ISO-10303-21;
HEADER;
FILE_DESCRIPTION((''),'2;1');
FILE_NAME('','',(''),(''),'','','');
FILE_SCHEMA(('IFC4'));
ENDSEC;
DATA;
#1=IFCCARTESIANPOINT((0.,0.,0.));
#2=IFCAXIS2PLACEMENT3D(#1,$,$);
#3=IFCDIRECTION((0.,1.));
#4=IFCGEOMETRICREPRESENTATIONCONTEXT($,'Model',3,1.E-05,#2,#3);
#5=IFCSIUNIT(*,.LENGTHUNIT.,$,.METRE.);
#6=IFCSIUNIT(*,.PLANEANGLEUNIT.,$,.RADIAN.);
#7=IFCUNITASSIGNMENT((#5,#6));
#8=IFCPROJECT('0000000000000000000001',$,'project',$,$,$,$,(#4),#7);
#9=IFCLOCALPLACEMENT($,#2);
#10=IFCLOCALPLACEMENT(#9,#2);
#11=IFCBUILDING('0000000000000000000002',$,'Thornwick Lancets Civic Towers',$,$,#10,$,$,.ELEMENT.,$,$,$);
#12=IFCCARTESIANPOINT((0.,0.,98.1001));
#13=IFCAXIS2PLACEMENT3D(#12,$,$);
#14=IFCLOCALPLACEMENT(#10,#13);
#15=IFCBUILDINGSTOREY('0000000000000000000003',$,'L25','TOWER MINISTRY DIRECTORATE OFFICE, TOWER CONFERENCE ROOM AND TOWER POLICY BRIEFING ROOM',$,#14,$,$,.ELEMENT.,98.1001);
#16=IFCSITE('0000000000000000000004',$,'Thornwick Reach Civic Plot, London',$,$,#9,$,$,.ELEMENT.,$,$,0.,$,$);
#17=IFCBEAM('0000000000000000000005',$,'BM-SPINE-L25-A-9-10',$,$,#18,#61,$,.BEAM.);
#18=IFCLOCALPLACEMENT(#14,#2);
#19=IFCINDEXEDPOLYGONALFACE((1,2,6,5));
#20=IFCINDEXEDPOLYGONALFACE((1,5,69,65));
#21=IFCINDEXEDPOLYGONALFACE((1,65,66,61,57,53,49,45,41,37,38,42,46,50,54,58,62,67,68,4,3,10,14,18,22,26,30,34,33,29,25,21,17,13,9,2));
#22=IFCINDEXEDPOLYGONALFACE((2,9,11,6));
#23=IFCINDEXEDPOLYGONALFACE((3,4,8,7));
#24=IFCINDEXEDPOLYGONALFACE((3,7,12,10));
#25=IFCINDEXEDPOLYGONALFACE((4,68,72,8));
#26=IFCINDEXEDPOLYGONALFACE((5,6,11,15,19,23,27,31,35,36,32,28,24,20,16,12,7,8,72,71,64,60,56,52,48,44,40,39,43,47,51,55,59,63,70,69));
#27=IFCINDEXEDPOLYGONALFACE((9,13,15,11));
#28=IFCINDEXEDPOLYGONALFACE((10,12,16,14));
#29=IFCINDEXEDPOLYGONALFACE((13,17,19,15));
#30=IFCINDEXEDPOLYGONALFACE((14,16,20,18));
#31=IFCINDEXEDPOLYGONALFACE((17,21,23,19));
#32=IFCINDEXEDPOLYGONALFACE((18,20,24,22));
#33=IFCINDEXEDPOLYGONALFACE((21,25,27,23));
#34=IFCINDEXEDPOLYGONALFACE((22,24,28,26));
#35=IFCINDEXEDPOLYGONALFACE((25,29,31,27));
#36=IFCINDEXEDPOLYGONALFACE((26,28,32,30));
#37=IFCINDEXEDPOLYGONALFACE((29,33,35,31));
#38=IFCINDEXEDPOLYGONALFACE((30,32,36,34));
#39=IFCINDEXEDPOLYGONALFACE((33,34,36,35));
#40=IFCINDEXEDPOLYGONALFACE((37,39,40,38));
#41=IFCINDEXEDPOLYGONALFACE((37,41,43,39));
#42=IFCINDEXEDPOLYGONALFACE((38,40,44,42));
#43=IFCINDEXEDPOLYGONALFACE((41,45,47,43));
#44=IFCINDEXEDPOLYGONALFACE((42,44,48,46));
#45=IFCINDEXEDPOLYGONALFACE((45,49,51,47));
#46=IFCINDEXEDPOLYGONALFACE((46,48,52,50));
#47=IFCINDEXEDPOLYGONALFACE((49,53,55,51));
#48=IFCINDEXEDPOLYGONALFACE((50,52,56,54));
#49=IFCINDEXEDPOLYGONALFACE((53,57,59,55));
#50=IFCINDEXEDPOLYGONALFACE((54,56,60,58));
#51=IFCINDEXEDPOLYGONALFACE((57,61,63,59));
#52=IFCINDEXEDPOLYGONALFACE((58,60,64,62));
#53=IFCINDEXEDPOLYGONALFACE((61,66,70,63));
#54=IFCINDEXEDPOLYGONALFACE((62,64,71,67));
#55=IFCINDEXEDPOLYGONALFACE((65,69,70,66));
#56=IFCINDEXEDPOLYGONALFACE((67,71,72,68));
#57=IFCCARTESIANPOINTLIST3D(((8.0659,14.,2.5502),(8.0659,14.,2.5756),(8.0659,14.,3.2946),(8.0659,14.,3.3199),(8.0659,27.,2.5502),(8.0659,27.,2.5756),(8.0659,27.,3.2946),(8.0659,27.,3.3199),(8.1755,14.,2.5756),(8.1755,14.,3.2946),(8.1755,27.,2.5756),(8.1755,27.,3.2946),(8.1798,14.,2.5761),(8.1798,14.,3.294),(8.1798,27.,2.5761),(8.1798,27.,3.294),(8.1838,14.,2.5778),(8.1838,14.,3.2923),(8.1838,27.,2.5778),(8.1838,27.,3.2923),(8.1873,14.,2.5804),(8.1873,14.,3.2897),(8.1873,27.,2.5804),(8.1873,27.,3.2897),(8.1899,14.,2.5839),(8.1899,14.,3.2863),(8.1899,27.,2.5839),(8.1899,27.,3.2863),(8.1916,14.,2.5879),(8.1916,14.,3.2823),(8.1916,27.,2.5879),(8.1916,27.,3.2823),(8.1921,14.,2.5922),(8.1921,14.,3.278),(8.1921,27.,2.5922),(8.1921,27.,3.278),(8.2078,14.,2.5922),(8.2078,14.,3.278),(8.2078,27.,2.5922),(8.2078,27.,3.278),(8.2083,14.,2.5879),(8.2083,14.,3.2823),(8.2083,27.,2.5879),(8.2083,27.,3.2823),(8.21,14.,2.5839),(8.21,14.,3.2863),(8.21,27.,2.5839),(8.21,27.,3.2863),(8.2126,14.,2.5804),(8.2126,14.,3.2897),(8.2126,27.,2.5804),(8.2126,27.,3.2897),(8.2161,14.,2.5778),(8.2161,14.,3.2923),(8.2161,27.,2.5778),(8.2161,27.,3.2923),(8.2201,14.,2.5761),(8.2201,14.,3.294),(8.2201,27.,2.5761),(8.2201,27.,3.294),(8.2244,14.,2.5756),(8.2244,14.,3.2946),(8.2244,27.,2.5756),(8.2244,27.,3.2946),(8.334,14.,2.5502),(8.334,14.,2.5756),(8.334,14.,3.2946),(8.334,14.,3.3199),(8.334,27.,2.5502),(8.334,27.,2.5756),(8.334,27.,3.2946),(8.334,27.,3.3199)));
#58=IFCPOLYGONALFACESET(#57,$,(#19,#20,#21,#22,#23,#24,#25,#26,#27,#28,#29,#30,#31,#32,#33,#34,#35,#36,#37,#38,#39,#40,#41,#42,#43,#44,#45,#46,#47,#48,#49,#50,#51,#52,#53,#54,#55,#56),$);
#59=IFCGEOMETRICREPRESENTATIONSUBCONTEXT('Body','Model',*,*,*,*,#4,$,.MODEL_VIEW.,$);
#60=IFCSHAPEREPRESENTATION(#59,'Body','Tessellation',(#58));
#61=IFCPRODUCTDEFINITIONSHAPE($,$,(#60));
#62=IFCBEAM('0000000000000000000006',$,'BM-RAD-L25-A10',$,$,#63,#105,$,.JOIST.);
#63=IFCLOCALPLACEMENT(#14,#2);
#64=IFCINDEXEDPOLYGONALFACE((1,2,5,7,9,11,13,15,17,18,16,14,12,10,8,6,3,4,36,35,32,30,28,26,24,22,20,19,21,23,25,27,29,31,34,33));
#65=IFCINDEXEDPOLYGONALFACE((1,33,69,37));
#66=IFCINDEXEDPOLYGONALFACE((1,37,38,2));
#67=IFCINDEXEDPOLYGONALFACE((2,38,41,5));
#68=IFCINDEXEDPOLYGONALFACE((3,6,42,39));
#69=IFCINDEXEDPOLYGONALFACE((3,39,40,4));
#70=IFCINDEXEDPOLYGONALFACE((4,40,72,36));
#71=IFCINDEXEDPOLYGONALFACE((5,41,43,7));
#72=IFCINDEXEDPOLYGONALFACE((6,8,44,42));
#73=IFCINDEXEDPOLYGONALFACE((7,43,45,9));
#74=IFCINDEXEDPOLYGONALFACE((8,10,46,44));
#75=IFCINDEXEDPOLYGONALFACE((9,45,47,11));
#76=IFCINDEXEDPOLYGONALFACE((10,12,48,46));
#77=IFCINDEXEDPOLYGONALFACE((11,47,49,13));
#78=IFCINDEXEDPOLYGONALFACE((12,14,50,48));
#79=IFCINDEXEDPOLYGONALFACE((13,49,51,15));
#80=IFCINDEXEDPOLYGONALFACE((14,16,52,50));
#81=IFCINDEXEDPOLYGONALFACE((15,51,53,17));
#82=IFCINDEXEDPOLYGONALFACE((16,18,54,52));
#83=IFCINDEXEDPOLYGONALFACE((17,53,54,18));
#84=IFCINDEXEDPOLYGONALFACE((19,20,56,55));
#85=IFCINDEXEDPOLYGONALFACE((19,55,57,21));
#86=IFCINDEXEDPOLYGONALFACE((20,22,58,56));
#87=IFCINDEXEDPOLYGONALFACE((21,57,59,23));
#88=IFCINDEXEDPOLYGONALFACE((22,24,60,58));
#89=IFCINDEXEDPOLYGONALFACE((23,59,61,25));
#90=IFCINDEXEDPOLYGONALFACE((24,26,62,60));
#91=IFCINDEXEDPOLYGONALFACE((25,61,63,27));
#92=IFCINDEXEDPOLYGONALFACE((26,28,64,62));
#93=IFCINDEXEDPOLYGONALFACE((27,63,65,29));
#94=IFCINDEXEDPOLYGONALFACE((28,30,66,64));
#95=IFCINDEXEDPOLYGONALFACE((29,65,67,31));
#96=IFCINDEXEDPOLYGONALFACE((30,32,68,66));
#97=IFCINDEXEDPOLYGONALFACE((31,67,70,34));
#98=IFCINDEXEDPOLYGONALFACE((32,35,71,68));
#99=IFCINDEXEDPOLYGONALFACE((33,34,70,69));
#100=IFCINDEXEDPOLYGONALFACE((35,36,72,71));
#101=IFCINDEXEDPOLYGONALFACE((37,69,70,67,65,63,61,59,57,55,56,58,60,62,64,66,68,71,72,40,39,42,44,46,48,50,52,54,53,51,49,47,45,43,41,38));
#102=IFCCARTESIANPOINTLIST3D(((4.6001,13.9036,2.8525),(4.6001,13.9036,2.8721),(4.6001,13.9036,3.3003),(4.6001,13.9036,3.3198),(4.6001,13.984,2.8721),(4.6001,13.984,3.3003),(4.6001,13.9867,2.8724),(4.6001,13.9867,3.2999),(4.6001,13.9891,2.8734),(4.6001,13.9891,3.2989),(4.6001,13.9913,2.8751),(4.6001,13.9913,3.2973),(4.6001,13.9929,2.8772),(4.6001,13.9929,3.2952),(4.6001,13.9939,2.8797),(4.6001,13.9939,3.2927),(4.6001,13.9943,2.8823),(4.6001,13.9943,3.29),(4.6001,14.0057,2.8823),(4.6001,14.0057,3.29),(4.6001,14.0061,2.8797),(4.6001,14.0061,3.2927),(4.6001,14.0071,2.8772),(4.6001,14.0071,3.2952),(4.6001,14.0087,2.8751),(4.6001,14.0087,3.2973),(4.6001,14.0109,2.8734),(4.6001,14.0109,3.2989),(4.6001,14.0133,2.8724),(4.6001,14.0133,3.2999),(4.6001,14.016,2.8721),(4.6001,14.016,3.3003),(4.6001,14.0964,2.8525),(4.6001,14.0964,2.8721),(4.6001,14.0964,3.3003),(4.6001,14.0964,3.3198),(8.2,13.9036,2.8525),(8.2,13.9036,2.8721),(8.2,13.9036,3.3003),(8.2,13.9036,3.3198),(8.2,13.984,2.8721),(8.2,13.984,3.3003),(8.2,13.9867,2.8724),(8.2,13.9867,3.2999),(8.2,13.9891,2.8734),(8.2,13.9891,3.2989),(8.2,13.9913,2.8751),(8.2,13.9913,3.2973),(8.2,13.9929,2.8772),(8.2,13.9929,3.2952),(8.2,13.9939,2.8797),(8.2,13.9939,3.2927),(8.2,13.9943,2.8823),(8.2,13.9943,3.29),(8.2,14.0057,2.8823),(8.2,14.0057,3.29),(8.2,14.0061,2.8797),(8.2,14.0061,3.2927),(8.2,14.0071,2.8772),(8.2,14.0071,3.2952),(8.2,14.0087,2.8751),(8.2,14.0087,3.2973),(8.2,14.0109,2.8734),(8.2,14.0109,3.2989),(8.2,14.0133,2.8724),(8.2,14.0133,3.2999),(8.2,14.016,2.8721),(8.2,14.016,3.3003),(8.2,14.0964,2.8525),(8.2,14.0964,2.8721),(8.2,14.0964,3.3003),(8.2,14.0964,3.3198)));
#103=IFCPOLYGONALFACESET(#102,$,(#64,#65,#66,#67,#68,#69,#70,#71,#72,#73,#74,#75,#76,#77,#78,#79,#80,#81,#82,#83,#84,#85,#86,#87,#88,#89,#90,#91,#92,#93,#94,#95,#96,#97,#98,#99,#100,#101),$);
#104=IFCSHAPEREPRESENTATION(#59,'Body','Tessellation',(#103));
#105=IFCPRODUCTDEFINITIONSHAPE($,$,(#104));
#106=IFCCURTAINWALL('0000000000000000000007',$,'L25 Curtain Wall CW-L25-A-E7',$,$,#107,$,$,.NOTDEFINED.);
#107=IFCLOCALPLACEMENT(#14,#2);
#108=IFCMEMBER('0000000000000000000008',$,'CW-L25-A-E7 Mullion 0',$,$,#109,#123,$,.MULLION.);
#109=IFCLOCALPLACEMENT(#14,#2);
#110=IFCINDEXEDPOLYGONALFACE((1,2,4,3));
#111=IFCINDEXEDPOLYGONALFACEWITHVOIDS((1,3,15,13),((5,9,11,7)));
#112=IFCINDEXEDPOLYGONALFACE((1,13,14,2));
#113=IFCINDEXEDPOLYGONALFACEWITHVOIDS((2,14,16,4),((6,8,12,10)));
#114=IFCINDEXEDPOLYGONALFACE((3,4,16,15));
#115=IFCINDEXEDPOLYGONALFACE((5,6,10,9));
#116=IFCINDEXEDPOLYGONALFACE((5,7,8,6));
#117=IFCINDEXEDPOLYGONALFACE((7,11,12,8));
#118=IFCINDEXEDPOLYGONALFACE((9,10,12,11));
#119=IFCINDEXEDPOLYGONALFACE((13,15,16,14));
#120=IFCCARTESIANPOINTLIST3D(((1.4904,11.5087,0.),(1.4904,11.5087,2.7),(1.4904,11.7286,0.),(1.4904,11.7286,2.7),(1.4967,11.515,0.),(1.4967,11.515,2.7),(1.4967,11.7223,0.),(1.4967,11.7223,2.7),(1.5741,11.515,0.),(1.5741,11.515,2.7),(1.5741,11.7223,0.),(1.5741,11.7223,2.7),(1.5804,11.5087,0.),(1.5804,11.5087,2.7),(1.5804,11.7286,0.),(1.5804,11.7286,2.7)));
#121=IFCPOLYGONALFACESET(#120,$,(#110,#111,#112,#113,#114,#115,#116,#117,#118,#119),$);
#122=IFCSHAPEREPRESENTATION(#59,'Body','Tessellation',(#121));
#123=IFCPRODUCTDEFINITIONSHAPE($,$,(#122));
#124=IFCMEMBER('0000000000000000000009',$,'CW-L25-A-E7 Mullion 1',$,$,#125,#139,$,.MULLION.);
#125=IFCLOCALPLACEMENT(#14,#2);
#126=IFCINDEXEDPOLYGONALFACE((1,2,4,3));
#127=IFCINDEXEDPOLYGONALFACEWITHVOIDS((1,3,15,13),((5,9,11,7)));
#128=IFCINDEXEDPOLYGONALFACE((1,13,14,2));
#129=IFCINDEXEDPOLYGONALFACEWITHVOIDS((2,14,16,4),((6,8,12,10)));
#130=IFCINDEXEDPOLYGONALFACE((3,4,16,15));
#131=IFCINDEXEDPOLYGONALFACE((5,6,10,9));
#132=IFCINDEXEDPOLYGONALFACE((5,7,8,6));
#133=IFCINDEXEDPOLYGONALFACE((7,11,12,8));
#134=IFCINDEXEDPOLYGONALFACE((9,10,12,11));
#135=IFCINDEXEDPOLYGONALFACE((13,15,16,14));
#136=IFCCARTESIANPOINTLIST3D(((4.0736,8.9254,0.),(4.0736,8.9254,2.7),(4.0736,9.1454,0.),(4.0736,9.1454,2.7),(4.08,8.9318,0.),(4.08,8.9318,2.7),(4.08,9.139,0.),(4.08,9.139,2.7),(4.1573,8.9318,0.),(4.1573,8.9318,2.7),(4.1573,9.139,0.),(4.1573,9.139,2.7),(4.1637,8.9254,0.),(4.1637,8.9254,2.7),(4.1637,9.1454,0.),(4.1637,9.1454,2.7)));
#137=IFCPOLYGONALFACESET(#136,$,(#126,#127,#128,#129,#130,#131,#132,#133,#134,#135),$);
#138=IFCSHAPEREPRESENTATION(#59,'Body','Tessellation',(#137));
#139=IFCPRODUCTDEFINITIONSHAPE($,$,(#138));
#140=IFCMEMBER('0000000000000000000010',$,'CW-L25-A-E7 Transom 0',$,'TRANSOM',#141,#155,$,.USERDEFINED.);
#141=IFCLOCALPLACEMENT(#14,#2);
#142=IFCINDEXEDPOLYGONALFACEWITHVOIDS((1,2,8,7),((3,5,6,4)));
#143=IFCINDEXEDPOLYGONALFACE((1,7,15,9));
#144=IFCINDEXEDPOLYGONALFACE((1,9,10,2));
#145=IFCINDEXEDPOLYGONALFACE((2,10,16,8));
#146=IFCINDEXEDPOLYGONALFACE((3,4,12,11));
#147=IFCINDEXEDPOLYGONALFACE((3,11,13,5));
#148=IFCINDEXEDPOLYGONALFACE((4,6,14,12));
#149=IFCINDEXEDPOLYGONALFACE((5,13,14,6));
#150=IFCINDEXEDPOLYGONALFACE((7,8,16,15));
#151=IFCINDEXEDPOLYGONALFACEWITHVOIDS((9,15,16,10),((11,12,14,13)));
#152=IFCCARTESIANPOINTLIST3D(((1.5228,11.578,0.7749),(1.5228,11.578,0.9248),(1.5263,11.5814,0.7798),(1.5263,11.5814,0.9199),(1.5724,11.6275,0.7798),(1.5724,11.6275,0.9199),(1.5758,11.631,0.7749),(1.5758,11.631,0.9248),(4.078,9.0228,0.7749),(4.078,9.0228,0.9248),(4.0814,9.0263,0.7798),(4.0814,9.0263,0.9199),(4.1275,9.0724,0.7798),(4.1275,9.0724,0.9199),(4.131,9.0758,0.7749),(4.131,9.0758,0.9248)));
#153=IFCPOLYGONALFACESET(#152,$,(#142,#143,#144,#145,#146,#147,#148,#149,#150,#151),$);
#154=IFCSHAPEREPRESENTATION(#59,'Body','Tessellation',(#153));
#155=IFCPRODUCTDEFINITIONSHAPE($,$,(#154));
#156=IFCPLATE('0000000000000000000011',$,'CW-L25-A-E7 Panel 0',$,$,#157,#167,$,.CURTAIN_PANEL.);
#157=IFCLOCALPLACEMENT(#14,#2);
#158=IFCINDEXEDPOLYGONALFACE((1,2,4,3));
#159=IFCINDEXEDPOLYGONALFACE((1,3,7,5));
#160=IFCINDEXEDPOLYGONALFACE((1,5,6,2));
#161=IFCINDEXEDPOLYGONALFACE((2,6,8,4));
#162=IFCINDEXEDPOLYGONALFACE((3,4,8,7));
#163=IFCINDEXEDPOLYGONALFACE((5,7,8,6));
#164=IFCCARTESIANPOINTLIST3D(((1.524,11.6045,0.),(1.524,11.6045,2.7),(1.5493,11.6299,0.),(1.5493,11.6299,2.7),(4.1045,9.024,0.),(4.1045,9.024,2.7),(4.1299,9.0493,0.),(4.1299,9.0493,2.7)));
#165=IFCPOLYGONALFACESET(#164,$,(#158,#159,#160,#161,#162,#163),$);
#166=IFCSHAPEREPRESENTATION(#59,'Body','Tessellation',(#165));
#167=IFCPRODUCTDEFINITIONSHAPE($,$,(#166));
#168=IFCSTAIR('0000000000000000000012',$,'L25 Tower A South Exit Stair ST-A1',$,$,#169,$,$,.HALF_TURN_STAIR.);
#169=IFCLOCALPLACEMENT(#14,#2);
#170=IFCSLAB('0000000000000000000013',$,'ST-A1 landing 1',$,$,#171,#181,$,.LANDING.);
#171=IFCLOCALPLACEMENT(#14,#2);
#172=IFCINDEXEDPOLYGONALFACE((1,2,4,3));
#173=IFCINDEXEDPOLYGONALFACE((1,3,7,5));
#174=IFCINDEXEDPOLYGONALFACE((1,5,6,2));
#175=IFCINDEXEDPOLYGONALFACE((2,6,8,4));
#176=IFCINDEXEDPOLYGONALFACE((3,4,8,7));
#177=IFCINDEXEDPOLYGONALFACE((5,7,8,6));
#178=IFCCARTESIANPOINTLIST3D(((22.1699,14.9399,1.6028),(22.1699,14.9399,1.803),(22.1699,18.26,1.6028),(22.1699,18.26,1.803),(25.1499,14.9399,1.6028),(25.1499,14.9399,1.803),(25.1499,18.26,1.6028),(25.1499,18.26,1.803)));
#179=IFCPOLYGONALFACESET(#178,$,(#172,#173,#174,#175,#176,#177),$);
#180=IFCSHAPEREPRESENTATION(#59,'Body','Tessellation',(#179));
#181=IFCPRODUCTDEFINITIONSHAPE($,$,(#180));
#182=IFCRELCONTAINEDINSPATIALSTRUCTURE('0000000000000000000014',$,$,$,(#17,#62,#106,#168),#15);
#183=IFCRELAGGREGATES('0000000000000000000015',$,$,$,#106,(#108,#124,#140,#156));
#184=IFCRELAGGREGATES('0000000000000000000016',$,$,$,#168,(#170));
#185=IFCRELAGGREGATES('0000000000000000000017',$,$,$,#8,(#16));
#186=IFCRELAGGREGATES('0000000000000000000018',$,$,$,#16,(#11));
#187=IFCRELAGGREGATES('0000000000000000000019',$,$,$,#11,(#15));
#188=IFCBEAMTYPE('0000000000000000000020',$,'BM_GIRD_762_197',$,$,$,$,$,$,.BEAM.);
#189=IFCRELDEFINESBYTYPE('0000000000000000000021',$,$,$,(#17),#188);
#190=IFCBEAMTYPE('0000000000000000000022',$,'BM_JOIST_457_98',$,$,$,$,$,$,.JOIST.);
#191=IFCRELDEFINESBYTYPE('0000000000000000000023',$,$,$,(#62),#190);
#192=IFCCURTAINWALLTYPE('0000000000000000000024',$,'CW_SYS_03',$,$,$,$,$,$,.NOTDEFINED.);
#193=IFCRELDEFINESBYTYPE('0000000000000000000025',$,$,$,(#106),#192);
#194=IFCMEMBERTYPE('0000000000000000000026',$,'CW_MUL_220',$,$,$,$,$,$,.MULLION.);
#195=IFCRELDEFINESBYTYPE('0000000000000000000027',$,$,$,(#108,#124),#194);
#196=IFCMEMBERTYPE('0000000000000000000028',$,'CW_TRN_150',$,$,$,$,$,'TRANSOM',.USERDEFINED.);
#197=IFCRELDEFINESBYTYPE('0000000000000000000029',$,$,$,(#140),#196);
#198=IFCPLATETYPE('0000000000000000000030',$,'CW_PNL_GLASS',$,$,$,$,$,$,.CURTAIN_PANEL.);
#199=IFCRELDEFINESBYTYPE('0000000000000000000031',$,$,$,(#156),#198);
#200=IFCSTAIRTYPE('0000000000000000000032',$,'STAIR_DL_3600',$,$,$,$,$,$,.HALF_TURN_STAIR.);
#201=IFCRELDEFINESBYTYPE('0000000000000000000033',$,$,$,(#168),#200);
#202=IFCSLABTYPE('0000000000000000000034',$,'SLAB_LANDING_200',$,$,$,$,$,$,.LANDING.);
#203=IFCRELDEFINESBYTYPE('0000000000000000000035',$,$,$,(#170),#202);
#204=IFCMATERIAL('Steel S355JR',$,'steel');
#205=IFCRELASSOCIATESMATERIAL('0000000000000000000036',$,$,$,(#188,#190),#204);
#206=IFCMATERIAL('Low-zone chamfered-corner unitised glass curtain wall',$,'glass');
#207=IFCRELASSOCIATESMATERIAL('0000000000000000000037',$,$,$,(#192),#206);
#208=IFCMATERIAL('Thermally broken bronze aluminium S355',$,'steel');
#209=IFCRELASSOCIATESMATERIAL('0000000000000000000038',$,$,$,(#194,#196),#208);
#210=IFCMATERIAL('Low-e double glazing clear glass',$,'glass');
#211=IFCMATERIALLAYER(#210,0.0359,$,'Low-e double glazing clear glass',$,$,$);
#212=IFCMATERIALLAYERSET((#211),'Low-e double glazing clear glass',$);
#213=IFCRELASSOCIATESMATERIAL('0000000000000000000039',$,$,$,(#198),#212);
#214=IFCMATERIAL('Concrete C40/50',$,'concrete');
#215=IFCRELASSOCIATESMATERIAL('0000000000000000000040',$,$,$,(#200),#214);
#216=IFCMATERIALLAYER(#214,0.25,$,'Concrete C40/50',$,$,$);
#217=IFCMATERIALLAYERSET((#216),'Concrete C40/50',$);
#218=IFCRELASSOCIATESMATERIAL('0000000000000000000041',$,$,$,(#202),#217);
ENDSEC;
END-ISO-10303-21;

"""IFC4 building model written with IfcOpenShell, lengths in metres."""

from ifc_helpers import new_model, si_unit, direction, frame, origin, origin_2d, place, context, subcontext, project, spatial, polyline, rectangle, hollow_rectangle, i_section, outline, extrude, material, layer, layer_set, material_profile, profile_set, type_object, element, aggregate, save


model = new_model("IFC4")

# Units and contexts
model_context = context("Model", 3, precision=1e-05, world=origin(), true_north=direction((0.0, 1.0)))
body_context = subcontext(model_context, "Body", "Model", "MODEL_VIEW")
ifc_project = project(units=[si_unit("LENGTHUNIT", "METRE"), si_unit("PLANEANGLEUNIT", "RADIAN")], contexts=[model_context])

# Site, building, storey
site_placement = place(None, origin())
site = spatial("IfcSite", under=ifc_project, at=site_placement, Name="Thornwick Reach Civic Plot, London", CompositionType="ELEMENT", RefElevation=0.0)
building_placement = place(site_placement, origin())
building = spatial("IfcBuilding", under=site, at=building_placement, Name="Thornwick Lancets Civic Towers", CompositionType="ELEMENT")
storey_placement = place(building_placement, frame((0.0, 0.0, 98.1001)))
storey = spatial("IfcBuildingStorey", under=building, at=storey_placement, Name="L25", Description="TOWER MINISTRY DIRECTORATE OFFICE, TOWER CONFERENCE ROOM AND TOWER POLICY BRIEFING ROOM", CompositionType="ELEMENT", Elevation=98.1001)

# Beams
ifc_material_1 = material(Name="Steel S355JR", Category="steel")
ifc_material_profile_1 = material_profile(ifc_material_1, i_section(OverallWidth=0.2681, OverallDepth=0.7698, WebThickness=0.0156, FlangeThickness=0.0254, FilletRadius=0.0166, at=origin_2d()), Name="UKB 762x267x197")
ifc_profile_set_1 = profile_set([ifc_material_profile_1], Name="Steel S355JR")
beam_type_1 = type_object("IfcBeamType", Name="BM_GIRD_762_197", PredefinedType="BEAM", material=ifc_profile_set_1)
for number, where, z_axis, x_axis, name in (
    (1, (8.2, 14.0, 2.9351), (0.0, 1.0, 0.0), (-1.0, 0.0, 0.0), "BM-SPINE-L25-A-9-10"),
):
    element("IfcBeam", number, at=place(storey_placement, frame(where, z_axis=z_axis, x_axis=x_axis)), inside=storey, type_object=beam_type_1, Name=name, PredefinedType="BEAM", context=body_context, shape_type="SweptSolid", body=[
        extrude(i_section(OverallWidth=0.2681, OverallDepth=0.7698, WebThickness=0.0156, FlangeThickness=0.0254, FilletRadius=0.0166, at=origin_2d()), origin(), (0.0, 0.0, 1.0), 13.0),
    ])
ifc_material_profile_2 = material_profile(ifc_material_1, i_section(OverallWidth=0.1929, OverallDepth=0.4673, WebThickness=0.0115, FlangeThickness=0.0195, FilletRadius=0.0103, at=origin_2d()), Name="UKB 457x191x98")
ifc_profile_set_2 = profile_set([ifc_material_profile_2], Name="Steel S355JR")
beam_type_2 = type_object("IfcBeamType", Name="BM_JOIST_457_98", PredefinedType="JOIST", material=ifc_profile_set_2)
beam_1_placement = place(storey_placement, frame((8.2, 14.0, 3.0862), z_axis=(-1.0, 0.0, 0.0), x_axis=(0.0, -1.0, 0.0)))
element("IfcBeam", 2, at=beam_1_placement, inside=storey, type_object=beam_type_2, Name="BM-RAD-L25-A10", PredefinedType="JOIST", context=body_context, shape_type="SweptSolid", body=[
    extrude(i_section(OverallWidth=0.1929, OverallDepth=0.4673, WebThickness=0.0115, FlangeThickness=0.0195, FilletRadius=0.0103, at=origin_2d()), origin(), (0.0, 0.0, 1.0), 3.5999),
])

# Curtain wall, members, plate
ifc_material_2 = material(Name="Low-zone chamfered-corner unitised glass curtain wall", Category="glass")
curtain_wall_type = type_object("IfcCurtainWallType", Name="CW_SYS_03", PredefinedType="NOTDEFINED", material=ifc_material_2)
curtain_wall_placement = place(storey_placement, origin())
curtain_wall = element("IfcCurtainWall", 3, at=curtain_wall_placement, inside=storey, type_object=curtain_wall_type, Name="L25 Curtain Wall CW-L25-A-E7", PredefinedType="NOTDEFINED")
ifc_material_3 = material(Name="Thermally broken bronze aluminium S355", Category="steel")
ifc_material_profile_3 = material_profile(ifc_material_3, hollow_rectangle(XDim=0.0901, YDim=0.22, WallThickness=0.0063, at=origin_2d()), Name="RHS 220x90x6.3")
ifc_profile_set_3 = profile_set([ifc_material_profile_3], Name="Thermally broken bronze aluminium S355")
member_type_1 = type_object("IfcMemberType", Name="CW_MUL_220", PredefinedType="MULLION", material=ifc_profile_set_3)
member_1_placement = place(storey_placement, frame((1.5354, 11.6187, 0.0), z_axis=(0.0, 0.0, 1.0), x_axis=(1.0, 0.0, 0.0)))
member_1 = element("IfcMember", 4, at=member_1_placement, type_object=member_type_1, Name="CW-L25-A-E7 Mullion 0", PredefinedType="MULLION", context=body_context, shape_type="SweptSolid", body=[
    extrude(hollow_rectangle(XDim=0.0901, YDim=0.22, WallThickness=0.0063, at=origin_2d()), origin(), (0.0, 0.0, 1.0), 2.7),
])
member_2_placement = place(storey_placement, frame((4.1187, 9.0354, 0.0), z_axis=(0.0, 0.0, 1.0), x_axis=(1.0, 0.0, 0.0)))
member_2 = element("IfcMember", 5, at=member_2_placement, type_object=member_type_1, Name="CW-L25-A-E7 Mullion 1", PredefinedType="MULLION", context=body_context, shape_type="SweptSolid", body=[
    extrude(hollow_rectangle(XDim=0.0901, YDim=0.22, WallThickness=0.0063, at=origin_2d()), origin(), (0.0, 0.0, 1.0), 2.7),
])
ifc_material_profile_4 = material_profile(ifc_material_3, hollow_rectangle(XDim=0.075, YDim=0.1499, WallThickness=0.0049, at=origin_2d()), Name="RHS 150x75x5")
ifc_profile_set_4 = profile_set([ifc_material_profile_4], Name="Thermally broken bronze aluminium S355")
member_type_2 = type_object("IfcMemberType", Name="CW_TRN_150", ElementType="TRANSOM", PredefinedType="USERDEFINED", material=ifc_profile_set_4)
member_3_placement = place(storey_placement, frame((1.5493, 11.6045, 0.8499), z_axis=(0.707107, -0.707107, 0.0), x_axis=(0.707107, 0.707107, 0.0)))
member_3 = element("IfcMember", 6, at=member_3_placement, type_object=member_type_2, Name="CW-L25-A-E7 Transom 0", ObjectType="TRANSOM", PredefinedType="USERDEFINED", context=body_context, shape_type="SweptSolid", body=[
    extrude(hollow_rectangle(XDim=0.075, YDim=0.1499, WallThickness=0.0049, at=origin_2d()), origin(), (0.0, 0.0, 1.0), 3.6135),
])
ifc_material_4 = material(Name="Low-e double glazing clear glass", Category="glass")
ifc_layer_1 = layer(ifc_material_4, 0.0359, Name="Low-e double glazing clear glass")
ifc_layer_set_1 = layer_set([ifc_layer_1], Name="Low-e double glazing clear glass")
plate_type = type_object("IfcPlateType", Name="CW_PNL_GLASS", PredefinedType="CURTAIN_PANEL", material=ifc_layer_set_1)
plate_placement = place(storey_placement, frame((2.8269, 10.3269, 0.0), z_axis=(0.0, 0.0, 1.0), x_axis=(0.707107, -0.707107, 0.0)))
plate = element("IfcPlate", 7, at=plate_placement, type_object=plate_type, Name="CW-L25-A-E7 Panel 0", PredefinedType="CURTAIN_PANEL", context=body_context, shape_type="SweptSolid", body=[
    extrude(rectangle(XDim=3.6494, YDim=0.0359, at=origin_2d()), origin(), (0.0, 0.0, 1.0), 2.7),
])
aggregate(curtain_wall, [member_1, member_2, member_3, plate])

# Stair, slab
ifc_material_5 = material(Name="Concrete C40/50", Category="concrete")
stair_type = type_object("IfcStairType", Name="STAIR_DL_3600", PredefinedType="HALF_TURN_STAIR", material=ifc_material_5)
stair_1_placement = place(storey_placement, origin())
stair_1 = element("IfcStair", 8, at=stair_1_placement, inside=storey, type_object=stair_type, Name="L25 Tower A South Exit Stair ST-A1", PredefinedType="HALF_TURN_STAIR")
ifc_layer_2 = layer(ifc_material_5, 0.25, Name="Concrete C40/50")
ifc_layer_set_2 = layer_set([ifc_layer_2], Name="Concrete C40/50")
slab_type_1 = type_object("IfcSlabType", Name="SLAB_LANDING_200", PredefinedType="LANDING", material=ifc_layer_set_2)
slab_1_placement = place(storey_placement, frame((0.0, 0.0, 1.6028)))
slab_1 = element("IfcSlab", 9, at=slab_1_placement, type_object=slab_type_1, Name="ST-A1 landing 1", PredefinedType="LANDING", context=body_context, shape_type="SweptSolid", body=[
    extrude(outline(polyline([(22.1699, 14.9399), (25.1499, 14.9399), (25.1499, 18.26), (22.1699, 18.26), (22.1699, 14.9399)])), origin(), (0.0, 0.0, 1.0), 0.2002),
])
aggregate(stair_1, [slab_1])

save(model, "model.ifc")
